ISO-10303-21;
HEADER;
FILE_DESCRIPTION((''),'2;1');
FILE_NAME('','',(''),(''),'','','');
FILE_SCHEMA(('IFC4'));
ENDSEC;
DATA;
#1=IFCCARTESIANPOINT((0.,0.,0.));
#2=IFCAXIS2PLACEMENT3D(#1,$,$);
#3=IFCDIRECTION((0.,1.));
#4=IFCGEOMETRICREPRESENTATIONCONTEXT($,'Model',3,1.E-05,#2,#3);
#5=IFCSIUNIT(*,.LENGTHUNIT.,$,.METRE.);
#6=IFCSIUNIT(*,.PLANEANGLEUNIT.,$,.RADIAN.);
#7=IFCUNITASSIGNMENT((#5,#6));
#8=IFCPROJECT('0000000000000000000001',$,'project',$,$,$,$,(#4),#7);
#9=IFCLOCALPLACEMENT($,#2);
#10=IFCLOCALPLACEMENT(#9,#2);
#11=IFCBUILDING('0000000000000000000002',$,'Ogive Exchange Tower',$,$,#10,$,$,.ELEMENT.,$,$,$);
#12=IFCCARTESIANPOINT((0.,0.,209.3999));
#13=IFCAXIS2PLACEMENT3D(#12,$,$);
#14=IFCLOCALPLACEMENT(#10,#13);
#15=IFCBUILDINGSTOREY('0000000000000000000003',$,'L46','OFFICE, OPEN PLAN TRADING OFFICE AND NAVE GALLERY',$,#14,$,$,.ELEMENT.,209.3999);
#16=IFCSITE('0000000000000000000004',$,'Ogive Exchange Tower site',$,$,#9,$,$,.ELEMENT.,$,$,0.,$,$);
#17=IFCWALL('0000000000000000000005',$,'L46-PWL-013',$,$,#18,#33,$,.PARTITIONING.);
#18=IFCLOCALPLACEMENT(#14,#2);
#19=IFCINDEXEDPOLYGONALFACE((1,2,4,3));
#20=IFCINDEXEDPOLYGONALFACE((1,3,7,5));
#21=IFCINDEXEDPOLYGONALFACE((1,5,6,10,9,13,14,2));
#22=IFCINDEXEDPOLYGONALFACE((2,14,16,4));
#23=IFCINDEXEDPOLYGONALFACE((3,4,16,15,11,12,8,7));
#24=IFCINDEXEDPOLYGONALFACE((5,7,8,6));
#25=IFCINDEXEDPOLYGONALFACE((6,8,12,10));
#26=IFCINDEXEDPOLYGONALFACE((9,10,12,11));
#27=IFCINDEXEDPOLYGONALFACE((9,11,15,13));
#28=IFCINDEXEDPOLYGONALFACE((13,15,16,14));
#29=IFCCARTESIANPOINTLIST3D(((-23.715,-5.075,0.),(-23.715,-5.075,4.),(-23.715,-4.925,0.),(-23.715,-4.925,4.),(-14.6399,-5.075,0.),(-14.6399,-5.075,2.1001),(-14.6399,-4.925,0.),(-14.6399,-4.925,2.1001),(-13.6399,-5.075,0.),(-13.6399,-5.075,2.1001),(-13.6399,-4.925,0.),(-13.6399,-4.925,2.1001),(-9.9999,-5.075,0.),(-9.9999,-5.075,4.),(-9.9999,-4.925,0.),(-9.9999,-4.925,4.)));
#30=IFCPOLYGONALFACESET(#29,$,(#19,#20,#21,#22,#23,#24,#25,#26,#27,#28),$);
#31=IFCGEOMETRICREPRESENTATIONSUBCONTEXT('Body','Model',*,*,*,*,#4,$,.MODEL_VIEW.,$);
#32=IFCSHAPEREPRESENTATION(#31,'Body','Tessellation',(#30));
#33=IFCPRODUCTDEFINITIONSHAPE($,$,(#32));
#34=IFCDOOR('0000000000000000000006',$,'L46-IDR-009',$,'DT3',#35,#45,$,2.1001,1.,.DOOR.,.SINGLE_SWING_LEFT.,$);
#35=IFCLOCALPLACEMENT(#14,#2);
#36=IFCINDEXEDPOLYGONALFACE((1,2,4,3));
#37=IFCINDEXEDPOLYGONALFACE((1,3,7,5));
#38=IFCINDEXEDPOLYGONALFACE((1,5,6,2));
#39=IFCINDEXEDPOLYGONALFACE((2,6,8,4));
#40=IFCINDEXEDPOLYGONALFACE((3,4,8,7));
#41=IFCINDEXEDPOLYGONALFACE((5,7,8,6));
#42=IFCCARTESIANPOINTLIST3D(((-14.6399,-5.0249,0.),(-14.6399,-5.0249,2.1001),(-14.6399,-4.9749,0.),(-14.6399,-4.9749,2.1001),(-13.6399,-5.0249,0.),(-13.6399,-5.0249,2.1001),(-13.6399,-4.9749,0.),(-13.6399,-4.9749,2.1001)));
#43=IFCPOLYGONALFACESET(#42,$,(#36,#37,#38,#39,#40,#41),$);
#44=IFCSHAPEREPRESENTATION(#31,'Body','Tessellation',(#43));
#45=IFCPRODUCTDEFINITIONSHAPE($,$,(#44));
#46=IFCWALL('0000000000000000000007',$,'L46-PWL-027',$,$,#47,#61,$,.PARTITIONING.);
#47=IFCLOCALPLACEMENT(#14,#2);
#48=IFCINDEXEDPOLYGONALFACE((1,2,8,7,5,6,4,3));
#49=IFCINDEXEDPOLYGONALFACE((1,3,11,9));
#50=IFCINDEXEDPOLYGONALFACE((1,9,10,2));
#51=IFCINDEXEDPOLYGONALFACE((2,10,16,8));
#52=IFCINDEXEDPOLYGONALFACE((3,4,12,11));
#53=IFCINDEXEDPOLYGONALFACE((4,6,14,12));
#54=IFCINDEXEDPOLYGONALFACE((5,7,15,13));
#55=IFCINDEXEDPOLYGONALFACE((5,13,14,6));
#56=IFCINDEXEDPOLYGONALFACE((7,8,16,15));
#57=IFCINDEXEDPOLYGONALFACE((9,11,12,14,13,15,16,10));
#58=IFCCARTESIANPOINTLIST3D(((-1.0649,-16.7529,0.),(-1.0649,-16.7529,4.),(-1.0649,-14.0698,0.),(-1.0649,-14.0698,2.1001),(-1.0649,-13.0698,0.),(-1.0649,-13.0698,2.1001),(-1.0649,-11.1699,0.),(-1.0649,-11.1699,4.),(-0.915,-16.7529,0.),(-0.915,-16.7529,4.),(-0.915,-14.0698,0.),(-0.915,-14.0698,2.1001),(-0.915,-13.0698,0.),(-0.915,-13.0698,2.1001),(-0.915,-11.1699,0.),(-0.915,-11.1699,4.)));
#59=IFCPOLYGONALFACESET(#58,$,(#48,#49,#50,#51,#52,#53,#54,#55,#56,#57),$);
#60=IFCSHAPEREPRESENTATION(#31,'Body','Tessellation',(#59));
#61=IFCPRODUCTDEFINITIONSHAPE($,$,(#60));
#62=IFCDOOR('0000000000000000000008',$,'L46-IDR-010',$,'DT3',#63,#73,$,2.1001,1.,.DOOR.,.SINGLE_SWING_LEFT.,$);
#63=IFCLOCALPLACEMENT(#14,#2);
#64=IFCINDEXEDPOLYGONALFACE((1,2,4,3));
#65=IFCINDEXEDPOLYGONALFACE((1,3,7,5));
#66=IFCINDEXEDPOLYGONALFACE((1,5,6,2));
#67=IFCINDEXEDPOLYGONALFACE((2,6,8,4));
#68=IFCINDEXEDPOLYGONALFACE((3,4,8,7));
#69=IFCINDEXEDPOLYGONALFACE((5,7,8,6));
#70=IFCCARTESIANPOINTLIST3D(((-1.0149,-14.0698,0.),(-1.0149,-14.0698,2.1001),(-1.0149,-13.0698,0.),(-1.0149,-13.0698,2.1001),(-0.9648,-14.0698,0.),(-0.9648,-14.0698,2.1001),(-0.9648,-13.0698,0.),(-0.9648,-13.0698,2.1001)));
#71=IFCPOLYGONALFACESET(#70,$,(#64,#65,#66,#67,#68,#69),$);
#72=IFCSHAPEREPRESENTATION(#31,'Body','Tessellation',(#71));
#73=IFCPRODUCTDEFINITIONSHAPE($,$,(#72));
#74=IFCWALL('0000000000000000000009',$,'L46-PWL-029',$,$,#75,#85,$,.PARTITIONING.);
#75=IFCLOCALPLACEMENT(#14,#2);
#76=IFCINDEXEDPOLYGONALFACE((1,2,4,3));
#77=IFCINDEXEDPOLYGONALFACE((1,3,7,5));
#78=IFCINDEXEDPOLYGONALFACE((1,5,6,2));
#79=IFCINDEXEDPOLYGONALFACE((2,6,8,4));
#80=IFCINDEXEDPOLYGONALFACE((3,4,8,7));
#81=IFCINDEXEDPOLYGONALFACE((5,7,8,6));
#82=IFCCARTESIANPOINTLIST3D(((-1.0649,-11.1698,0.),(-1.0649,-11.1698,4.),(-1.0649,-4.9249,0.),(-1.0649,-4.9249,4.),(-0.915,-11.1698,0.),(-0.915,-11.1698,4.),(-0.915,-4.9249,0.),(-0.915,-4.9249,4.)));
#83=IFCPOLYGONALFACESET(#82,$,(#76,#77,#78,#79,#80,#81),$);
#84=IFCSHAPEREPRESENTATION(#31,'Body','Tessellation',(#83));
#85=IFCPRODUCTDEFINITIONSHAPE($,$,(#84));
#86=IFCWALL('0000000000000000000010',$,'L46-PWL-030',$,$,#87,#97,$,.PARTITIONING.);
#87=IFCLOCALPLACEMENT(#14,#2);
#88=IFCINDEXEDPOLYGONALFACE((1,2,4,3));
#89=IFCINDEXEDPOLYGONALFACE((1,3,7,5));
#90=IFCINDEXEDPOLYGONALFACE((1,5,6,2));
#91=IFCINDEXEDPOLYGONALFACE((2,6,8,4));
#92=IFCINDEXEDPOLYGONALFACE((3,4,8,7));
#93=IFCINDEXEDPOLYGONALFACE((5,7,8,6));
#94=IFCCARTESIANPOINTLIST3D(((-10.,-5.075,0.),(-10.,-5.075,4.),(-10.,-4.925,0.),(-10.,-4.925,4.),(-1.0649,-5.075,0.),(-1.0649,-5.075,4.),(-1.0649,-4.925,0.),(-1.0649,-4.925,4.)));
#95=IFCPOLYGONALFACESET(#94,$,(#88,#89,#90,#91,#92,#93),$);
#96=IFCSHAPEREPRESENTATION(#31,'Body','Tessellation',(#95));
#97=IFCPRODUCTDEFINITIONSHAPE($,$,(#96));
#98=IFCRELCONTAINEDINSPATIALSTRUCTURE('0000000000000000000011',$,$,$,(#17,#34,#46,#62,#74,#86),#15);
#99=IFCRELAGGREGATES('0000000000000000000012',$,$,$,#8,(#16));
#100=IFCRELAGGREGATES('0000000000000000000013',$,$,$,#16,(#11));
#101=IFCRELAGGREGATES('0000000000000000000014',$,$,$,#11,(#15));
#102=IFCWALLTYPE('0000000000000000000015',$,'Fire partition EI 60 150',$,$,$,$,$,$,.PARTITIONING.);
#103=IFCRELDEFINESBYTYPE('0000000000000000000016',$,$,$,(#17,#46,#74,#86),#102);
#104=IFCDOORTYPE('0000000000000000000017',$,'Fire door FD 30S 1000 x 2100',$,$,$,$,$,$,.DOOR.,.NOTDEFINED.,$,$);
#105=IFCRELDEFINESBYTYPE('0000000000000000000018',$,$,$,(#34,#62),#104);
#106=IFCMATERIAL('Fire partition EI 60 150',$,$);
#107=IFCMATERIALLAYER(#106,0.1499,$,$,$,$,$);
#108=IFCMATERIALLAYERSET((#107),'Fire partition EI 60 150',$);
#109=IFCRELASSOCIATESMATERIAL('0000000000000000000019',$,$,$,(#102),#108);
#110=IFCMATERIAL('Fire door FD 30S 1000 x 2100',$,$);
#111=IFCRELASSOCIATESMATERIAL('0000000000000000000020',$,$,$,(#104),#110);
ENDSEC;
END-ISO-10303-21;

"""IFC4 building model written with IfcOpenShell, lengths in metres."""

from ifc_helpers import new_model, si_unit, direction, frame, frame_2d, origin, place, context, subcontext, project, spatial, rectangle, extrude, material, layer, layer_set, type_object, element, fill, save


model = new_model("IFC4")

# Units and contexts
model_context = context("Model", 3, precision=1e-05, world=origin(), true_north=direction((0.0, 1.0)))
body_context = subcontext(model_context, "Body", "Model", "MODEL_VIEW")
ifc_project = project(units=[si_unit("LENGTHUNIT", "METRE"), si_unit("PLANEANGLEUNIT", "RADIAN")], contexts=[model_context])

# Site, building, storey
site_placement = place(None, origin())
site = spatial("IfcSite", under=ifc_project, at=site_placement, Name="Ogive Exchange Tower site", CompositionType="ELEMENT", RefElevation=0.0)
building_placement = place(site_placement, origin())
building = spatial("IfcBuilding", under=site, at=building_placement, Name="Ogive Exchange Tower", CompositionType="ELEMENT")
storey_placement = place(building_placement, frame((0.0, 0.0, 209.3999)))
storey = spatial("IfcBuildingStorey", under=building, at=storey_placement, Name="L46", Description="OFFICE, OPEN PLAN TRADING OFFICE AND NAVE GALLERY", CompositionType="ELEMENT", Elevation=209.3999)

# Walls, openings, doors
ifc_material_1 = material(Name="Fire partition EI 60 150")
ifc_layer_1 = layer(ifc_material_1, 0.1499)
ifc_layer_set_1 = layer_set([ifc_layer_1], Name="Fire partition EI 60 150")
wall_type_1 = type_object("IfcWallType", Name="Fire partition EI 60 150", PredefinedType="PARTITIONING", material=ifc_layer_set_1)
wall_1_placement = place(storey_placement, frame((-10.0, -5.0, 0.0), z_axis=(0.0, 0.0, 1.0), x_axis=(-1.0, 0.0, 0.0)))
wall_1 = element("IfcWall", 1, at=wall_1_placement, inside=storey, type_object=wall_type_1, Name="L46-PWL-013", PredefinedType="PARTITIONING", context=body_context, shape_type="SweptSolid", body=[
    extrude(rectangle(XDim=13.7151, YDim=0.1499, at=frame_2d((6.8574, 0.0))), origin(), (0.0, 0.0, 1.0), 4.0),
])
opening_1_placement = place(wall_1_placement, frame((3.6399, 0.0, 0.0)))
opening_1 = element("IfcOpeningElement", 2, at=opening_1_placement, cuts=wall_1, PredefinedType="OPENING", context=body_context, shape_type="SweptSolid", body=[
    extrude(rectangle(XDim=1.0, YDim=2.1001, at=frame_2d((0.5, 1.05))), frame((0.0, 0.085, 0.0), z_axis=(0.0, -1.0, 0.0), x_axis=(1.0, 0.0, 0.0)), (0.0, 0.0, 1.0), 0.1699),
])
ifc_material_2 = material(Name="Fire door FD 30S 1000 x 2100")
door_type_1 = type_object("IfcDoorType", Name="Fire door FD 30S 1000 x 2100", OperationType="NOTDEFINED", PredefinedType="DOOR", material=ifc_material_2)
door_1_placement = place(opening_1_placement, origin())
door_1 = element("IfcDoor", 3, at=door_1_placement, inside=storey, type_object=door_type_1, Name="L46-IDR-009", ObjectType="DT3", OperationType="SINGLE_SWING_LEFT", OverallHeight=2.1001, OverallWidth=1.0, PredefinedType="DOOR", context=body_context, shape_type="SweptSolid", body=[
    extrude(rectangle(XDim=1.0, YDim=2.1001, at=frame_2d((0.5, 1.05))), frame((0.0, 0.0249, 0.0), z_axis=(0.0, -1.0, 0.0), x_axis=(1.0, 0.0, 0.0)), (0.0, 0.0, 1.0), 0.05),
])
fill(opening_1, door_1)
wall_2_placement = place(storey_placement, frame((-0.99, -16.7529, 0.0), z_axis=(0.0, 0.0, 1.0), x_axis=(0.0, 1.0, 0.0)))
wall_2 = element("IfcWall", 4, at=wall_2_placement, inside=storey, type_object=wall_type_1, Name="L46-PWL-027", PredefinedType="PARTITIONING", context=body_context, shape_type="SweptSolid", body=[
    extrude(rectangle(XDim=5.583, YDim=0.1499, at=frame_2d((2.7915, 0.0))), origin(), (0.0, 0.0, 1.0), 4.0),
])
opening_2_placement = place(wall_2_placement, frame((2.6831, 0.0, 0.0)))
opening_2 = element("IfcOpeningElement", 5, at=opening_2_placement, cuts=wall_2, PredefinedType="OPENING", context=body_context, shape_type="SweptSolid", body=[
    extrude(rectangle(XDim=1.0, YDim=2.1001, at=frame_2d((0.5, 1.05))), frame((0.0, 0.085, 0.0), z_axis=(0.0, -1.0, 0.0), x_axis=(1.0, 0.0, 0.0)), (0.0, 0.0, 1.0), 0.1699),
])
door_2_placement = place(opening_2_placement, origin())
door_2 = element("IfcDoor", 6, at=door_2_placement, inside=storey, type_object=door_type_1, Name="L46-IDR-010", ObjectType="DT3", OperationType="SINGLE_SWING_LEFT", OverallHeight=2.1001, OverallWidth=1.0, PredefinedType="DOOR", context=body_context, shape_type="SweptSolid", body=[
    extrude(rectangle(XDim=1.0, YDim=2.1001, at=frame_2d((0.5, 1.05))), frame((0.0, 0.0249, 0.0), z_axis=(0.0, -1.0, 0.0), x_axis=(1.0, 0.0, 0.0)), (0.0, 0.0, 1.0), 0.05),
])
fill(opening_2, door_2)

# Walls
wall_3_placement = place(storey_placement, frame((-0.99, -11.1699, 0.0), z_axis=(0.0, 0.0, 1.0), x_axis=(0.0, 1.0, 0.0)))
element("IfcWall", 7, at=wall_3_placement, inside=storey, type_object=wall_type_1, Name="L46-PWL-029", PredefinedType="PARTITIONING", context=body_context, shape_type="SweptSolid", body=[
    extrude(rectangle(XDim=6.2449, YDim=0.1499, at=frame_2d((3.1226, 0.0))), origin(), (0.0, 0.0, 1.0), 4.0),
])
wall_4_placement = place(storey_placement, frame((-1.0649, -5.0, 0.0), z_axis=(0.0, 0.0, 1.0), x_axis=(-1.0, 0.0, 0.0)))
element("IfcWall", 8, at=wall_4_placement, inside=storey, type_object=wall_type_1, Name="L46-PWL-030", PredefinedType="PARTITIONING", context=body_context, shape_type="SweptSolid", body=[
    extrude(rectangle(XDim=8.9351, YDim=0.1499, at=frame_2d((4.4675, 0.0))), origin(), (0.0, 0.0, 1.0), 4.0),
])

save(model, "model.ifc")
